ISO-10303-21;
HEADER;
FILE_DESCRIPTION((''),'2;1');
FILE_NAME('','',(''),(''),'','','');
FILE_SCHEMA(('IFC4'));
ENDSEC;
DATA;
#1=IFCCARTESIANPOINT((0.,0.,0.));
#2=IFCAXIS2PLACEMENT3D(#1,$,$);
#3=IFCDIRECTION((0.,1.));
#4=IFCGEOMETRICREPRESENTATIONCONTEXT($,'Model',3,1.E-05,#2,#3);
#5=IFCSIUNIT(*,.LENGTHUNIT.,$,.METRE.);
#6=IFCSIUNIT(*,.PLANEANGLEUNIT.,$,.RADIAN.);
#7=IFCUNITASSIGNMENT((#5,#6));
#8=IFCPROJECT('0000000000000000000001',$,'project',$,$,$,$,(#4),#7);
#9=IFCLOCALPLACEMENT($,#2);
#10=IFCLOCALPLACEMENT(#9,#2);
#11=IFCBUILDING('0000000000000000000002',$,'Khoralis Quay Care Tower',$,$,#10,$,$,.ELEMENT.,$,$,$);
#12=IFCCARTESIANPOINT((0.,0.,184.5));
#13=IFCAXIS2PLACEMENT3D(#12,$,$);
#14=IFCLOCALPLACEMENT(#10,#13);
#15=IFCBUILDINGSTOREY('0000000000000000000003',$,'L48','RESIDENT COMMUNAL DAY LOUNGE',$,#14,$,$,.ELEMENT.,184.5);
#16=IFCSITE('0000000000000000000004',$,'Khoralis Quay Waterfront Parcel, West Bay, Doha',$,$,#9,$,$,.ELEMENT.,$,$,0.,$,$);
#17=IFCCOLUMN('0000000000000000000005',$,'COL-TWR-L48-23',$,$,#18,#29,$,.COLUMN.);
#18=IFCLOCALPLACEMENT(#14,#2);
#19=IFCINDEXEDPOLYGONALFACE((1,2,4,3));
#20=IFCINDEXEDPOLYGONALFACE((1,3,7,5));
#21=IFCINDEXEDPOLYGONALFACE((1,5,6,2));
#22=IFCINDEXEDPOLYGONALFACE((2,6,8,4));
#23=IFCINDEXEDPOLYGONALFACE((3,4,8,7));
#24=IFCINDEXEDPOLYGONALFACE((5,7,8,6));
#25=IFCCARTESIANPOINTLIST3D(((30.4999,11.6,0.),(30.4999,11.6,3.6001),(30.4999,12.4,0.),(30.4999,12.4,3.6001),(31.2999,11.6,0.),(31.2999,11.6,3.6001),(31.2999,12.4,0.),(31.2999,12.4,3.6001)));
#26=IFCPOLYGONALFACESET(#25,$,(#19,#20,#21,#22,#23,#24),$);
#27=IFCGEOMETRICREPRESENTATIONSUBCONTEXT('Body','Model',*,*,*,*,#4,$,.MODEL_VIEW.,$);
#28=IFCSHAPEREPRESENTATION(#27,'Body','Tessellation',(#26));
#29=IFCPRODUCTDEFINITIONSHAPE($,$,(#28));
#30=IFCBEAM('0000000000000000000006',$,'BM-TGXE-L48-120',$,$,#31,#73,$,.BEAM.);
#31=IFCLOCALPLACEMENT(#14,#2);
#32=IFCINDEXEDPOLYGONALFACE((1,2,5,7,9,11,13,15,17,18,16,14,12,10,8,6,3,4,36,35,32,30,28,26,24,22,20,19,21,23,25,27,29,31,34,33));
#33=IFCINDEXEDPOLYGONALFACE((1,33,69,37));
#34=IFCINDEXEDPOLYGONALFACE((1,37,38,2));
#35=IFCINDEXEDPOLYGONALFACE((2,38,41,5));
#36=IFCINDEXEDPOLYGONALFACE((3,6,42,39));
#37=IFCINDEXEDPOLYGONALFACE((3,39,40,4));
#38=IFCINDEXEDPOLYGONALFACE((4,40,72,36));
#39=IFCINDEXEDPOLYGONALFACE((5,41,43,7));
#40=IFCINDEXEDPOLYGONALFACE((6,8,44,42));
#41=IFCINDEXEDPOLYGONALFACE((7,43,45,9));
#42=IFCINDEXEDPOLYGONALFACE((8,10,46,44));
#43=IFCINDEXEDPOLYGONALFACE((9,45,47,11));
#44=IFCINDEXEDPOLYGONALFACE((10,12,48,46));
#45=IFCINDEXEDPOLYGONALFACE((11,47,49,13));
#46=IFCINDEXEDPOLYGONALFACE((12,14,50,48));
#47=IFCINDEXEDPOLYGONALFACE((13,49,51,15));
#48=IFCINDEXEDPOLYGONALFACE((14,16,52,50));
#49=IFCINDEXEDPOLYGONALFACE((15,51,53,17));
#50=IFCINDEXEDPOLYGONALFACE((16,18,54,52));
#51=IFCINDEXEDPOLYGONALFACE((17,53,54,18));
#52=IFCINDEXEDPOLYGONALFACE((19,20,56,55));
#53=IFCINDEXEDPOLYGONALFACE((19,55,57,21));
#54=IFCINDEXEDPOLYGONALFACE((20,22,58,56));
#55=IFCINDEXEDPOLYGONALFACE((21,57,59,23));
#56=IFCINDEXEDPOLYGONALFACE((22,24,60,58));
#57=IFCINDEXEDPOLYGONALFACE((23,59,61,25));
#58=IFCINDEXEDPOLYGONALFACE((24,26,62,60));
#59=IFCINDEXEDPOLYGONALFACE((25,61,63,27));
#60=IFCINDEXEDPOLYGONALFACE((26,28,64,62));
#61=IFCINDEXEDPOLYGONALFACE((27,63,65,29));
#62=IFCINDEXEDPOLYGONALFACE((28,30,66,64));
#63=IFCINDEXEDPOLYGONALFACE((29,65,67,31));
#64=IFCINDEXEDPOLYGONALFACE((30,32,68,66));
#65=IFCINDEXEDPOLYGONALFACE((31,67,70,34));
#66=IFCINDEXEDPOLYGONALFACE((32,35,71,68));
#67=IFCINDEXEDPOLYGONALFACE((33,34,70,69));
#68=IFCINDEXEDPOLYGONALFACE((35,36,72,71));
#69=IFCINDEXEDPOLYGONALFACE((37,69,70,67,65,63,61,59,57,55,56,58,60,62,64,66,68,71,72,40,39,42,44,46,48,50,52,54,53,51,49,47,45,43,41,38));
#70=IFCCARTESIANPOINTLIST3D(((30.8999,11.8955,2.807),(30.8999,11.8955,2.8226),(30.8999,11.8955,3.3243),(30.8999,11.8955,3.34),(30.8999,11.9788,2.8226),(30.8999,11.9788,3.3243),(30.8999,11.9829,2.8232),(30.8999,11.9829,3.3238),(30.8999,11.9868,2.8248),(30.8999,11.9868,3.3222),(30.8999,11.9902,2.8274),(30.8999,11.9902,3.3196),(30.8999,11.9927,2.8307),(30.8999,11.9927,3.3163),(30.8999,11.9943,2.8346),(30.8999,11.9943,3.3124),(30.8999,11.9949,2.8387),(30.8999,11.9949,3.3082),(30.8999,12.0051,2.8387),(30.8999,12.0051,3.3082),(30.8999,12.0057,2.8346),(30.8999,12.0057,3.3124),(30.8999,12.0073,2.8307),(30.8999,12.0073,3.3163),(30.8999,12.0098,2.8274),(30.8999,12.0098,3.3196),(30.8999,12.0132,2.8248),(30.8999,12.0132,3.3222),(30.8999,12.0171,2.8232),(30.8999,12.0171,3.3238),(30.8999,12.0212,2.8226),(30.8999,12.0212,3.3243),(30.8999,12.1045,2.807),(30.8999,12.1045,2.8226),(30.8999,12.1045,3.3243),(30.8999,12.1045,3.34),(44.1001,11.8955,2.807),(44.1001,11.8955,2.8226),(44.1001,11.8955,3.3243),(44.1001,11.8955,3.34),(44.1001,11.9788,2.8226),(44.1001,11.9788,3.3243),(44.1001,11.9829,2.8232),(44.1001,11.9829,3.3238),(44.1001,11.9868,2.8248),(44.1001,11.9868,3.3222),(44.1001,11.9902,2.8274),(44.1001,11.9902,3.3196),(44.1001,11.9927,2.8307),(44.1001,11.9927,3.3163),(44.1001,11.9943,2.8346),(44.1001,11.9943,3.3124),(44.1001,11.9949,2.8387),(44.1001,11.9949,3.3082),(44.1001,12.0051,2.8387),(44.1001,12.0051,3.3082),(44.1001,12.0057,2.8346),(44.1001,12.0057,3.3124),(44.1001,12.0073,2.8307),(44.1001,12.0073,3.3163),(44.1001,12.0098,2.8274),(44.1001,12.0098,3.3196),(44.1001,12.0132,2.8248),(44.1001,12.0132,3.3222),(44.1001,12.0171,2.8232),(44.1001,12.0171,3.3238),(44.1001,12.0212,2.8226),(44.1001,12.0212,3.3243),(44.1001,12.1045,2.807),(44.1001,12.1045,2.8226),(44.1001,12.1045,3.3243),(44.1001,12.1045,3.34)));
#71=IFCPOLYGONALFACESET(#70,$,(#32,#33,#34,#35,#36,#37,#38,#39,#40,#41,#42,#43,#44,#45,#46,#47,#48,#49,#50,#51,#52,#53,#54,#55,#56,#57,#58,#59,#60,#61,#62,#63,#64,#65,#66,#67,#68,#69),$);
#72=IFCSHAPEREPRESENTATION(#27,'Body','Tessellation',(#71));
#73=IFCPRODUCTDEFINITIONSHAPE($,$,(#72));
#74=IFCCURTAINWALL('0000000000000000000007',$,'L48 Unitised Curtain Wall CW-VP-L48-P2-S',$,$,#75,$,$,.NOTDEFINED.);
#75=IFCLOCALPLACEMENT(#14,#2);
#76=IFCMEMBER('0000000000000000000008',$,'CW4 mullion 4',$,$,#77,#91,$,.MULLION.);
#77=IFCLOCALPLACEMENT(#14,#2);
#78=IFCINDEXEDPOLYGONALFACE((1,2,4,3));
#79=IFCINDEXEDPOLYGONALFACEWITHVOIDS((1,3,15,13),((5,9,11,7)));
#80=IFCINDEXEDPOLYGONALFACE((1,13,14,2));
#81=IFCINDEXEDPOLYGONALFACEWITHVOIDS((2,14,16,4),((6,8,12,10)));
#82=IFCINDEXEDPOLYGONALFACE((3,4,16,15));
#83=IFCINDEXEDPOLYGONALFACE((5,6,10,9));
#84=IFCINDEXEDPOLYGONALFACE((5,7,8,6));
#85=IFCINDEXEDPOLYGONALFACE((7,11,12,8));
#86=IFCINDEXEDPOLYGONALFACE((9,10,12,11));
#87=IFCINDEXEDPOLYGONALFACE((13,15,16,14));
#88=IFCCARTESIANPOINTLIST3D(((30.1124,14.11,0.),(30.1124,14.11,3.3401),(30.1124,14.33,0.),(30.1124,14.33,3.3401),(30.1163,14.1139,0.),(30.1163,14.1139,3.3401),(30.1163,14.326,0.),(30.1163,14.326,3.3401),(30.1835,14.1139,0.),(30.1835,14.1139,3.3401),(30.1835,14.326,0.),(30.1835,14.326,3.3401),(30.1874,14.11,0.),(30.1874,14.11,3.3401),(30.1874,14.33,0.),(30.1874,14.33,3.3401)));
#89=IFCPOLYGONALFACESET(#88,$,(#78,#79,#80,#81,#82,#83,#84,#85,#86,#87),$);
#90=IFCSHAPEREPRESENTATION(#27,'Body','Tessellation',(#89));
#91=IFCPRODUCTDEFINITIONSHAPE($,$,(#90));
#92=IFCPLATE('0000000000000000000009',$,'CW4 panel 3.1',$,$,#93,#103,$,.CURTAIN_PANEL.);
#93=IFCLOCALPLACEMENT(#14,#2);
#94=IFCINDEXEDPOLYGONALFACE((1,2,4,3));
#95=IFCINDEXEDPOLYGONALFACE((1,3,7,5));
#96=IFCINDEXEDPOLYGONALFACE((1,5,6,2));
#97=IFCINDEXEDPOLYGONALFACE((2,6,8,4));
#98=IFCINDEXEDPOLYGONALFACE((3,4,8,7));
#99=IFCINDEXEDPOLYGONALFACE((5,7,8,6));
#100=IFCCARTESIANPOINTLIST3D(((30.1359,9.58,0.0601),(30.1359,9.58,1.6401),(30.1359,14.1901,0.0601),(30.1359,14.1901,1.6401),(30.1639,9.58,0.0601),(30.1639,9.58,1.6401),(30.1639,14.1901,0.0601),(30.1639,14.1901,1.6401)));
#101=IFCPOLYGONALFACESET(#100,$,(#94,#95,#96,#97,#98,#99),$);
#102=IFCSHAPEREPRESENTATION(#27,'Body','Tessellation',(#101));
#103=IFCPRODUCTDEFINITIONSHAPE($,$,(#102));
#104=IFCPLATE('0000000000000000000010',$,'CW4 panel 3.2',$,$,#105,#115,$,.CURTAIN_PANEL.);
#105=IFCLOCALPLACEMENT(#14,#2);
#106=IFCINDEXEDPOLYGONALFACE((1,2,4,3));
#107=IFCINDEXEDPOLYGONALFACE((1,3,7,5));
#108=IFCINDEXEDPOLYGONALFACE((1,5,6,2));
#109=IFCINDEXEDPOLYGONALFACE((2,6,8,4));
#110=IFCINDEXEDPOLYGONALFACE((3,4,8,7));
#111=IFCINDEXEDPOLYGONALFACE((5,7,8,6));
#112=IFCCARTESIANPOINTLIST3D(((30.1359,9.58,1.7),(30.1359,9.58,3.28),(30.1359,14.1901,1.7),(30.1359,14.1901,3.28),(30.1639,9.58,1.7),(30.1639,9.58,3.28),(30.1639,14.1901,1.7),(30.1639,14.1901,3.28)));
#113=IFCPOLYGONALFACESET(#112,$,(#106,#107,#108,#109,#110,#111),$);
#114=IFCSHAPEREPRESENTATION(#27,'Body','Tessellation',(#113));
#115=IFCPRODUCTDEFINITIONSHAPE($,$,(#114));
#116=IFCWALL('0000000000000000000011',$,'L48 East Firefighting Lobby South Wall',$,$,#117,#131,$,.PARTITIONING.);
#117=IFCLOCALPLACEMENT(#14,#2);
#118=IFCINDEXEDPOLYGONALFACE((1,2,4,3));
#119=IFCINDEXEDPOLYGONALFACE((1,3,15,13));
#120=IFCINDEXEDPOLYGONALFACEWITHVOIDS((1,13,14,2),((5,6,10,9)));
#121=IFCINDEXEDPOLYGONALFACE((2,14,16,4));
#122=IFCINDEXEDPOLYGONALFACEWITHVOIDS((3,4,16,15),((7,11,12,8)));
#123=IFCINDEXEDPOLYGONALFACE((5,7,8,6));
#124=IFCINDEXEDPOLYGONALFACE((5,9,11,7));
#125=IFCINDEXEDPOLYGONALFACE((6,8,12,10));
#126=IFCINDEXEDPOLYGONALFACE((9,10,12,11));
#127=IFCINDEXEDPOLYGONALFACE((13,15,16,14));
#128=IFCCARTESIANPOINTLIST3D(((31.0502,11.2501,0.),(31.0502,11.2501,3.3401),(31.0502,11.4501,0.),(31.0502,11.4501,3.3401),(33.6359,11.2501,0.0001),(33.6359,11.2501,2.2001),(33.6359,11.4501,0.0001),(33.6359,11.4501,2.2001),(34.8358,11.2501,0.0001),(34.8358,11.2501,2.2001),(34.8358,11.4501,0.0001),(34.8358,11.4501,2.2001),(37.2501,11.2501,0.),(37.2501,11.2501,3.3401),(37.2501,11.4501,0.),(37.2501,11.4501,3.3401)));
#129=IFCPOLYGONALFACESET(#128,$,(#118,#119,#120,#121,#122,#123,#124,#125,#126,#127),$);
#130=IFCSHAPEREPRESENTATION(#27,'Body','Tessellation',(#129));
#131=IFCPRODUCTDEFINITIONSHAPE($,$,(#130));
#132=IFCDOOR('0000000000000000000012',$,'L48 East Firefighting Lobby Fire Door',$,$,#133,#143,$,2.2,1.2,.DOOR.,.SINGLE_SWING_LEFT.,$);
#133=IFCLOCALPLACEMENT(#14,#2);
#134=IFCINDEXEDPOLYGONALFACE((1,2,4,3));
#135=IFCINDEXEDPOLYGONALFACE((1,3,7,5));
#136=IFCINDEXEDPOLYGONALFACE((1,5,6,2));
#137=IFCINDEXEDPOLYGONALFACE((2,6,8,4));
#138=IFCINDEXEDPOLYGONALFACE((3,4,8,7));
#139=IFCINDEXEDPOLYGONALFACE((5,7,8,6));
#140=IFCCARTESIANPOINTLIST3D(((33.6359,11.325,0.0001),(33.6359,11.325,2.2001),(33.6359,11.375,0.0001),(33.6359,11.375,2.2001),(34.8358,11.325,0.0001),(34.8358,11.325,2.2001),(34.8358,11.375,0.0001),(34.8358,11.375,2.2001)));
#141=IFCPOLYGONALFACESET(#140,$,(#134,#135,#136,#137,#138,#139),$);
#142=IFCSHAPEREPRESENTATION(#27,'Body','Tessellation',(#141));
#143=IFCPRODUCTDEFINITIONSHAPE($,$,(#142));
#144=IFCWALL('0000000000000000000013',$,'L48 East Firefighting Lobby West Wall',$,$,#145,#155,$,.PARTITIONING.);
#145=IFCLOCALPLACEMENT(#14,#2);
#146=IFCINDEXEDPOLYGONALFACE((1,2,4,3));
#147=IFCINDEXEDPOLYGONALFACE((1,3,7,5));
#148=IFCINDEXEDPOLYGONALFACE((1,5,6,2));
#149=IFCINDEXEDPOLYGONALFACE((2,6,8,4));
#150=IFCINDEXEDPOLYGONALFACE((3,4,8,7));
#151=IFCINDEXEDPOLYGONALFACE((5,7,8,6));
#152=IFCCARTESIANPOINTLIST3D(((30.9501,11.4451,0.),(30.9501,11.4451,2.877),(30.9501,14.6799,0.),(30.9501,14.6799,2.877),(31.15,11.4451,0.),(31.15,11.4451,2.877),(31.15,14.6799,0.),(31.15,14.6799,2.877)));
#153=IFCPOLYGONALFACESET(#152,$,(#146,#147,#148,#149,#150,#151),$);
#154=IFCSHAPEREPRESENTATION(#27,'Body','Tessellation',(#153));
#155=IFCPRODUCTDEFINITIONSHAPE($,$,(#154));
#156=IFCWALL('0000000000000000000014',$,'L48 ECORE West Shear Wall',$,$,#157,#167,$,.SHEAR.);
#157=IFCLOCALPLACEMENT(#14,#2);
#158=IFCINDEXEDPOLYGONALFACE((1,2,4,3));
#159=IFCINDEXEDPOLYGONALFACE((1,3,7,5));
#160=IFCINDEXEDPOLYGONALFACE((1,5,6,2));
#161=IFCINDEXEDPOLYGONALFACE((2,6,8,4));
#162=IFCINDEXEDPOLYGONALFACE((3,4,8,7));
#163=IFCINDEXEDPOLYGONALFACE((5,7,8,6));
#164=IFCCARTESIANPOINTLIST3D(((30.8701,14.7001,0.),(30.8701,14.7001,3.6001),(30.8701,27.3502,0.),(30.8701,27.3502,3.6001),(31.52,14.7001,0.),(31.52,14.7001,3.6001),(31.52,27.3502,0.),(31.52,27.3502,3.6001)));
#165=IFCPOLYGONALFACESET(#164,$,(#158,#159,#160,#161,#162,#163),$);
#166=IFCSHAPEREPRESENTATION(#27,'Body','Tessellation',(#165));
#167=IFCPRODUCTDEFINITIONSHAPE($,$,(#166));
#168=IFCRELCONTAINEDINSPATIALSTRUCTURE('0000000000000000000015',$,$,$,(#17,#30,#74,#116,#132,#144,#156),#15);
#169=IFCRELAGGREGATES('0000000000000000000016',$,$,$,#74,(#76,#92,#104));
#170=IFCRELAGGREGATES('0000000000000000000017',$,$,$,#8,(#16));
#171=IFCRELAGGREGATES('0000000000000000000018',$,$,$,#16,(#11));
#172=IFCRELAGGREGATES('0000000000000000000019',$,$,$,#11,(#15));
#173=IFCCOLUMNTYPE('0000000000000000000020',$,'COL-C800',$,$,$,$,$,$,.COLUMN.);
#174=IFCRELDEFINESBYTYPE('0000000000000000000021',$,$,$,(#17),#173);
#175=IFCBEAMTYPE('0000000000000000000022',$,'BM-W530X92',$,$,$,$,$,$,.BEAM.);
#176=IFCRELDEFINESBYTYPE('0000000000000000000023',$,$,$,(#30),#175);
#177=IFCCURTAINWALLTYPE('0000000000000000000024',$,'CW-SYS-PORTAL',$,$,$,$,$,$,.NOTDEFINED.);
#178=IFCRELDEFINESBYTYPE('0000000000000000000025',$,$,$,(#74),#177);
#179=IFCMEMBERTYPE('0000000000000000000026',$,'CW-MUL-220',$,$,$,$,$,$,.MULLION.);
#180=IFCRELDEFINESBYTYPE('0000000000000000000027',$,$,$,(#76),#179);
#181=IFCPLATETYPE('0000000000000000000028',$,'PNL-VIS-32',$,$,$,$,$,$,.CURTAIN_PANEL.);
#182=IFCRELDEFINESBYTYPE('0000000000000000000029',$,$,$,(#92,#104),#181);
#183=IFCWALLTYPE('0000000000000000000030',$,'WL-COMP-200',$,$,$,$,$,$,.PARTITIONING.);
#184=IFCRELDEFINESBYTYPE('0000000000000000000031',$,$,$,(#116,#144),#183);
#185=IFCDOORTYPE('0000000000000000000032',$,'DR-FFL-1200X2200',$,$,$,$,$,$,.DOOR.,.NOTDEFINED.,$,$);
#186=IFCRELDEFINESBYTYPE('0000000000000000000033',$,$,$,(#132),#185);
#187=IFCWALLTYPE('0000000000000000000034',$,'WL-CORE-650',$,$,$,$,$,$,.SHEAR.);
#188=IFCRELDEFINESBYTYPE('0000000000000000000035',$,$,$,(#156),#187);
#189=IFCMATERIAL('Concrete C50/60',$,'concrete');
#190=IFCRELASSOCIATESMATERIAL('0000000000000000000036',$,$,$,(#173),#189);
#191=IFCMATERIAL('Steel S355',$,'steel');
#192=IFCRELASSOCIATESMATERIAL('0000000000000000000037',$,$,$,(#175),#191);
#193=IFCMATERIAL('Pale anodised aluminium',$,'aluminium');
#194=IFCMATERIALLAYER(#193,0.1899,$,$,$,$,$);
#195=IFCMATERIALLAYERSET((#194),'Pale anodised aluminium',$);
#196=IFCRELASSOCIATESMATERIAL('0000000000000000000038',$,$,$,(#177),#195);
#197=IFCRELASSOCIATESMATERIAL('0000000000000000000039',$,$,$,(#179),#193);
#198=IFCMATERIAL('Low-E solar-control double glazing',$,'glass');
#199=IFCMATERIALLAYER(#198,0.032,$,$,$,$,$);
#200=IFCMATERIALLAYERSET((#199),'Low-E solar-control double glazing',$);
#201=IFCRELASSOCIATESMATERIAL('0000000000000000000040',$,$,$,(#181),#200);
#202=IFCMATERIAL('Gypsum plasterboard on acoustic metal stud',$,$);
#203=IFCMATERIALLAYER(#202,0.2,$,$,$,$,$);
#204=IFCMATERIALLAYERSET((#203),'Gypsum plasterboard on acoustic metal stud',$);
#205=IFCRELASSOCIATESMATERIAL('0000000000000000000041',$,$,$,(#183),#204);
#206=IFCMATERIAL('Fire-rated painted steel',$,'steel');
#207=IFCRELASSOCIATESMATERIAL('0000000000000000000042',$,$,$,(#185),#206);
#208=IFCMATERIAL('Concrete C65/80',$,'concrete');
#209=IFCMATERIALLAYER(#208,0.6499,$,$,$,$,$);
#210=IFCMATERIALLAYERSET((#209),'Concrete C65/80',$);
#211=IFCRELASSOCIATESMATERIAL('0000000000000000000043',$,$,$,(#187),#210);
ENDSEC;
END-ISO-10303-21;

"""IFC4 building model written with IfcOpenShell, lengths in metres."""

from ifc_helpers import new_model, si_unit, direction, frame, frame_2d, origin, origin_2d, place, context, subcontext, project, spatial, rectangle, hollow_rectangle, i_section, extrude, source, transform, mapped, material, layer, layer_set, material_profile, profile_set, type_object, element, fill, aggregate, save


model = new_model("IFC4")

# Units and contexts
model_context = context("Model", 3, precision=1e-05, world=origin(), true_north=direction((0.0, 1.0)))
body_context = subcontext(model_context, "Body", "Model", "MODEL_VIEW")
ifc_project = project(units=[si_unit("LENGTHUNIT", "METRE"), si_unit("PLANEANGLEUNIT", "RADIAN")], contexts=[model_context])

# Site, building, storey
site_placement = place(None, origin())
site = spatial("IfcSite", under=ifc_project, at=site_placement, Name="Khoralis Quay Waterfront Parcel, West Bay, Doha", CompositionType="ELEMENT", RefElevation=0.0)
building_placement = place(site_placement, origin())
building = spatial("IfcBuilding", under=site, at=building_placement, Name="Khoralis Quay Care Tower", CompositionType="ELEMENT")
storey_placement = place(building_placement, frame((0.0, 0.0, 184.5)))
storey = spatial("IfcBuildingStorey", under=building, at=storey_placement, Name="L48", Description="RESIDENT COMMUNAL DAY LOUNGE", CompositionType="ELEMENT", Elevation=184.5)

# Column
ifc_material_1 = material(Name="Concrete C50/60", Category="concrete")
ifc_material_profile_1 = material_profile(ifc_material_1, rectangle(XDim=0.8, YDim=0.8, at=origin_2d()), Name="Concrete C50/60")
ifc_profile_set_1 = profile_set([ifc_material_profile_1], Name="Concrete C50/60")
column_type = type_object("IfcColumnType", Name="COL-C800", PredefinedType="COLUMN", material=ifc_profile_set_1)
shared_shape_1 = source(origin(), body_context, "Body", "SweptSolid", [
    extrude(rectangle(XDim=0.8, YDim=0.8, at=origin_2d()), origin(), (0.0, 0.0, 1.0), 3.6001),
])
column_placement = place(storey_placement, frame((30.8999, 12.0, 0.0), z_axis=(0.0, 0.0, 1.0), x_axis=(1.0, 0.0, 0.0)))
element("IfcColumn", 1, at=column_placement, inside=storey, type_object=column_type, Name="COL-TWR-L48-23", PredefinedType="COLUMN", context=body_context, shape_type="MappedRepresentation", body=[
    mapped(shared_shape_1, transform((0.0, 0.0, 0.0), scale=1.0)),
])

# Beam
ifc_material_2 = material(Name="Steel S355", Category="steel")
ifc_material_profile_2 = material_profile(ifc_material_2, i_section(OverallWidth=0.209, OverallDepth=0.533, WebThickness=0.0103, FlangeThickness=0.0156, FilletRadius=0.0161, at=origin_2d()), Name="Steel S355")
ifc_profile_set_2 = profile_set([ifc_material_profile_2], Name="Steel S355")
beam_type = type_object("IfcBeamType", Name="BM-W530X92", PredefinedType="BEAM", material=ifc_profile_set_2)
shared_shape_2 = source(origin(), body_context, "Body", "SweptSolid", [
    extrude(i_section(OverallWidth=0.209, OverallDepth=0.533, WebThickness=0.0103, FlangeThickness=0.0156, FilletRadius=0.0161, at=origin_2d()), origin(), (0.0, 0.0, 1.0), 13.2002),
])
beam_placement = place(storey_placement, frame((30.8999, 12.0, 3.0735), z_axis=(1.0, 0.0, 0.0), x_axis=(0.0, 1.0, 0.0)))
element("IfcBeam", 2, at=beam_placement, inside=storey, type_object=beam_type, Name="BM-TGXE-L48-120", PredefinedType="BEAM", context=body_context, shape_type="MappedRepresentation", body=[
    mapped(shared_shape_2, transform((0.0, 0.0, 0.0), scale=1.0)),
])

# Curtain wall, member, plates
ifc_material_3 = material(Name="Pale anodised aluminium", Category="aluminium")
ifc_layer_1 = layer(ifc_material_3, 0.1899)
ifc_layer_set_1 = layer_set([ifc_layer_1], Name="Pale anodised aluminium")
curtain_wall_type = type_object("IfcCurtainWallType", Name="CW-SYS-PORTAL", PredefinedType="NOTDEFINED", material=ifc_layer_set_1)
curtain_wall_placement = place(storey_placement, origin())
curtain_wall = element("IfcCurtainWall", 3, at=curtain_wall_placement, inside=storey, type_object=curtain_wall_type, Name="L48 Unitised Curtain Wall CW-VP-L48-P2-S", PredefinedType="NOTDEFINED")
ifc_material_profile_3 = material_profile(ifc_material_3, hollow_rectangle(XDim=0.075, YDim=0.22, WallThickness=0.0039, at=origin_2d()), Name="Pale anodised aluminium")
ifc_profile_set_3 = profile_set([ifc_material_profile_3], Name="Pale anodised aluminium")
member_type = type_object("IfcMemberType", Name="CW-MUL-220", PredefinedType="MULLION", material=ifc_profile_set_3)
shared_shape_3 = source(origin(), body_context, "Body", "SweptSolid", [
    extrude(hollow_rectangle(XDim=0.075, YDim=0.22, WallThickness=0.0039, at=origin_2d()), origin(), (0.0, 0.0, 1.0), 3.3401),
])
member_placement = place(storey_placement, frame((30.1499, 14.22, 0.0), z_axis=(0.0, 0.0, 1.0), x_axis=(-1.0, 0.0, 0.0)))
member = element("IfcMember", 4, at=member_placement, type_object=member_type, Name="CW4 mullion 4", PredefinedType="MULLION", context=body_context, shape_type="MappedRepresentation", body=[
    mapped(shared_shape_3, transform((0.0, 0.0, 0.0), scale=1.0)),
])
ifc_material_4 = material(Name="Low-E solar-control double glazing", Category="glass")
ifc_layer_2 = layer(ifc_material_4, 0.032)
ifc_layer_set_2 = layer_set([ifc_layer_2], Name="Low-E solar-control double glazing")
plate_type = type_object("IfcPlateType", Name="PNL-VIS-32", PredefinedType="CURTAIN_PANEL", material=ifc_layer_set_2)
shared_shape_4 = source(origin(), body_context, "Body", "SweptSolid", [
    extrude(rectangle(XDim=4.6101, YDim=0.0281, at=origin_2d()), origin(), (0.0, 0.0, 1.0), 1.5801),
])
plate_1_placement = place(storey_placement, frame((30.1499, 11.885, 0.0601), z_axis=(0.0, 0.0, 1.0), x_axis=(0.0, 1.0, 0.0)))
plate_1 = element("IfcPlate", 5, at=plate_1_placement, type_object=plate_type, Name="CW4 panel 3.1", PredefinedType="CURTAIN_PANEL", context=body_context, shape_type="MappedRepresentation", body=[
    mapped(shared_shape_4, transform((0.0, 0.0, 0.0), scale=1.0)),
])
plate_2_placement = place(storey_placement, frame((30.1499, 11.885, 1.7), z_axis=(0.0, 0.0, 1.0), x_axis=(0.0, 1.0, 0.0)))
plate_2 = element("IfcPlate", 6, at=plate_2_placement, type_object=plate_type, Name="CW4 panel 3.2", PredefinedType="CURTAIN_PANEL", context=body_context, shape_type="MappedRepresentation", body=[
    mapped(shared_shape_4, transform((0.0, 0.0, 0.0), scale=1.0)),
])
aggregate(curtain_wall, [member, plate_1, plate_2])

# Wall, opening, door
ifc_material_5 = material(Name="Gypsum plasterboard on acoustic metal stud")
ifc_layer_3 = layer(ifc_material_5, 0.2)
ifc_layer_set_3 = layer_set([ifc_layer_3], Name="Gypsum plasterboard on acoustic metal stud")
wall_type_1 = type_object("IfcWallType", Name="WL-COMP-200", PredefinedType="PARTITIONING", material=ifc_layer_set_3)
wall_1_placement = place(storey_placement, frame((31.05, 11.3501, 0.0), z_axis=(0.0, 0.0, 1.0), x_axis=(1.0, 0.0, 0.0)))
wall_1 = element("IfcWall", 7, at=wall_1_placement, inside=storey, type_object=wall_type_1, Name="L48 East Firefighting Lobby South Wall", PredefinedType="PARTITIONING", context=body_context, shape_type="SweptSolid", body=[
    extrude(rectangle(XDim=6.2, YDim=0.2, at=frame_2d((3.1001, 0.0))), origin(), (0.0, 0.0, 1.0), 3.3401),
])
opening_1_placement = place(wall_1_placement, frame((2.5857, 0.0, 0.0)))
opening_1 = element("IfcOpeningElement", 8, at=opening_1_placement, cuts=wall_1, PredefinedType="OPENING", context=body_context, shape_type="SweptSolid", body=[
    extrude(rectangle(XDim=1.2, YDim=2.2, at=frame_2d((0.6001, 1.1001))), frame((0.0, 0.1099, 0.0), z_axis=(0.0, -1.0, 0.0), x_axis=(1.0, 0.0, 0.0)), (0.0, 0.0, 1.0), 0.22),
])
ifc_material_6 = material(Name="Fire-rated painted steel", Category="steel")
door_type_1 = type_object("IfcDoorType", Name="DR-FFL-1200X2200", OperationType="NOTDEFINED", PredefinedType="DOOR", material=ifc_material_6)
shared_shape_5 = source(origin(), body_context, "Body", "SweptSolid", [
    extrude(rectangle(XDim=1.2, YDim=2.2, at=frame_2d((0.6001, 1.1001))), frame((0.0, 0.0249, 0.0), z_axis=(0.0, -1.0, 0.0), x_axis=(1.0, 0.0, 0.0)), (0.0, 0.0, 1.0), 0.05),
])
door_1_placement = place(opening_1_placement, origin())
door_1 = element("IfcDoor", 9, at=door_1_placement, inside=storey, type_object=door_type_1, Name="L48 East Firefighting Lobby Fire Door", OperationType="SINGLE_SWING_LEFT", OverallHeight=2.2, OverallWidth=1.2, PredefinedType="DOOR", context=body_context, shape_type="MappedRepresentation", body=[
    mapped(shared_shape_5, transform((0.0, 0.0, 0.0), scale=1.0)),
])
fill(opening_1, door_1)

# Walls
wall_2_placement = place(storey_placement, frame((31.05, 11.4451, 0.0), z_axis=(0.0, 0.0, 1.0), x_axis=(0.0, 1.0, 0.0)))
element("IfcWall", 10, at=wall_2_placement, inside=storey, type_object=wall_type_1, Name="L48 East Firefighting Lobby West Wall", PredefinedType="PARTITIONING", context=body_context, shape_type="SweptSolid", body=[
    extrude(rectangle(XDim=3.2349, YDim=0.2, at=frame_2d((1.6174, 0.0))), origin(), (0.0, 0.0, 1.0), 2.877),
])
ifc_material_7 = material(Name="Concrete C65/80", Category="concrete")
ifc_layer_4 = layer(ifc_material_7, 0.6499)
ifc_layer_set_4 = layer_set([ifc_layer_4], Name="Concrete C65/80")
wall_type_2 = type_object("IfcWallType", Name="WL-CORE-650", PredefinedType="SHEAR", material=ifc_layer_set_4)
wall_3_placement = place(storey_placement, frame((31.1951, 14.7, 0.0), z_axis=(0.0, 0.0, 1.0), x_axis=(0.0, 1.0, 0.0)))
element("IfcWall", 11, at=wall_3_placement, inside=storey, type_object=wall_type_2, Name="L48 ECORE West Shear Wall", PredefinedType="SHEAR", context=body_context, shape_type="SweptSolid", body=[
    extrude(rectangle(XDim=12.6501, YDim=0.6499, at=frame_2d((6.3252, 0.0))), origin(), (0.0, 0.0, 1.0), 3.6001),
])

save(model, "model.ifc")
